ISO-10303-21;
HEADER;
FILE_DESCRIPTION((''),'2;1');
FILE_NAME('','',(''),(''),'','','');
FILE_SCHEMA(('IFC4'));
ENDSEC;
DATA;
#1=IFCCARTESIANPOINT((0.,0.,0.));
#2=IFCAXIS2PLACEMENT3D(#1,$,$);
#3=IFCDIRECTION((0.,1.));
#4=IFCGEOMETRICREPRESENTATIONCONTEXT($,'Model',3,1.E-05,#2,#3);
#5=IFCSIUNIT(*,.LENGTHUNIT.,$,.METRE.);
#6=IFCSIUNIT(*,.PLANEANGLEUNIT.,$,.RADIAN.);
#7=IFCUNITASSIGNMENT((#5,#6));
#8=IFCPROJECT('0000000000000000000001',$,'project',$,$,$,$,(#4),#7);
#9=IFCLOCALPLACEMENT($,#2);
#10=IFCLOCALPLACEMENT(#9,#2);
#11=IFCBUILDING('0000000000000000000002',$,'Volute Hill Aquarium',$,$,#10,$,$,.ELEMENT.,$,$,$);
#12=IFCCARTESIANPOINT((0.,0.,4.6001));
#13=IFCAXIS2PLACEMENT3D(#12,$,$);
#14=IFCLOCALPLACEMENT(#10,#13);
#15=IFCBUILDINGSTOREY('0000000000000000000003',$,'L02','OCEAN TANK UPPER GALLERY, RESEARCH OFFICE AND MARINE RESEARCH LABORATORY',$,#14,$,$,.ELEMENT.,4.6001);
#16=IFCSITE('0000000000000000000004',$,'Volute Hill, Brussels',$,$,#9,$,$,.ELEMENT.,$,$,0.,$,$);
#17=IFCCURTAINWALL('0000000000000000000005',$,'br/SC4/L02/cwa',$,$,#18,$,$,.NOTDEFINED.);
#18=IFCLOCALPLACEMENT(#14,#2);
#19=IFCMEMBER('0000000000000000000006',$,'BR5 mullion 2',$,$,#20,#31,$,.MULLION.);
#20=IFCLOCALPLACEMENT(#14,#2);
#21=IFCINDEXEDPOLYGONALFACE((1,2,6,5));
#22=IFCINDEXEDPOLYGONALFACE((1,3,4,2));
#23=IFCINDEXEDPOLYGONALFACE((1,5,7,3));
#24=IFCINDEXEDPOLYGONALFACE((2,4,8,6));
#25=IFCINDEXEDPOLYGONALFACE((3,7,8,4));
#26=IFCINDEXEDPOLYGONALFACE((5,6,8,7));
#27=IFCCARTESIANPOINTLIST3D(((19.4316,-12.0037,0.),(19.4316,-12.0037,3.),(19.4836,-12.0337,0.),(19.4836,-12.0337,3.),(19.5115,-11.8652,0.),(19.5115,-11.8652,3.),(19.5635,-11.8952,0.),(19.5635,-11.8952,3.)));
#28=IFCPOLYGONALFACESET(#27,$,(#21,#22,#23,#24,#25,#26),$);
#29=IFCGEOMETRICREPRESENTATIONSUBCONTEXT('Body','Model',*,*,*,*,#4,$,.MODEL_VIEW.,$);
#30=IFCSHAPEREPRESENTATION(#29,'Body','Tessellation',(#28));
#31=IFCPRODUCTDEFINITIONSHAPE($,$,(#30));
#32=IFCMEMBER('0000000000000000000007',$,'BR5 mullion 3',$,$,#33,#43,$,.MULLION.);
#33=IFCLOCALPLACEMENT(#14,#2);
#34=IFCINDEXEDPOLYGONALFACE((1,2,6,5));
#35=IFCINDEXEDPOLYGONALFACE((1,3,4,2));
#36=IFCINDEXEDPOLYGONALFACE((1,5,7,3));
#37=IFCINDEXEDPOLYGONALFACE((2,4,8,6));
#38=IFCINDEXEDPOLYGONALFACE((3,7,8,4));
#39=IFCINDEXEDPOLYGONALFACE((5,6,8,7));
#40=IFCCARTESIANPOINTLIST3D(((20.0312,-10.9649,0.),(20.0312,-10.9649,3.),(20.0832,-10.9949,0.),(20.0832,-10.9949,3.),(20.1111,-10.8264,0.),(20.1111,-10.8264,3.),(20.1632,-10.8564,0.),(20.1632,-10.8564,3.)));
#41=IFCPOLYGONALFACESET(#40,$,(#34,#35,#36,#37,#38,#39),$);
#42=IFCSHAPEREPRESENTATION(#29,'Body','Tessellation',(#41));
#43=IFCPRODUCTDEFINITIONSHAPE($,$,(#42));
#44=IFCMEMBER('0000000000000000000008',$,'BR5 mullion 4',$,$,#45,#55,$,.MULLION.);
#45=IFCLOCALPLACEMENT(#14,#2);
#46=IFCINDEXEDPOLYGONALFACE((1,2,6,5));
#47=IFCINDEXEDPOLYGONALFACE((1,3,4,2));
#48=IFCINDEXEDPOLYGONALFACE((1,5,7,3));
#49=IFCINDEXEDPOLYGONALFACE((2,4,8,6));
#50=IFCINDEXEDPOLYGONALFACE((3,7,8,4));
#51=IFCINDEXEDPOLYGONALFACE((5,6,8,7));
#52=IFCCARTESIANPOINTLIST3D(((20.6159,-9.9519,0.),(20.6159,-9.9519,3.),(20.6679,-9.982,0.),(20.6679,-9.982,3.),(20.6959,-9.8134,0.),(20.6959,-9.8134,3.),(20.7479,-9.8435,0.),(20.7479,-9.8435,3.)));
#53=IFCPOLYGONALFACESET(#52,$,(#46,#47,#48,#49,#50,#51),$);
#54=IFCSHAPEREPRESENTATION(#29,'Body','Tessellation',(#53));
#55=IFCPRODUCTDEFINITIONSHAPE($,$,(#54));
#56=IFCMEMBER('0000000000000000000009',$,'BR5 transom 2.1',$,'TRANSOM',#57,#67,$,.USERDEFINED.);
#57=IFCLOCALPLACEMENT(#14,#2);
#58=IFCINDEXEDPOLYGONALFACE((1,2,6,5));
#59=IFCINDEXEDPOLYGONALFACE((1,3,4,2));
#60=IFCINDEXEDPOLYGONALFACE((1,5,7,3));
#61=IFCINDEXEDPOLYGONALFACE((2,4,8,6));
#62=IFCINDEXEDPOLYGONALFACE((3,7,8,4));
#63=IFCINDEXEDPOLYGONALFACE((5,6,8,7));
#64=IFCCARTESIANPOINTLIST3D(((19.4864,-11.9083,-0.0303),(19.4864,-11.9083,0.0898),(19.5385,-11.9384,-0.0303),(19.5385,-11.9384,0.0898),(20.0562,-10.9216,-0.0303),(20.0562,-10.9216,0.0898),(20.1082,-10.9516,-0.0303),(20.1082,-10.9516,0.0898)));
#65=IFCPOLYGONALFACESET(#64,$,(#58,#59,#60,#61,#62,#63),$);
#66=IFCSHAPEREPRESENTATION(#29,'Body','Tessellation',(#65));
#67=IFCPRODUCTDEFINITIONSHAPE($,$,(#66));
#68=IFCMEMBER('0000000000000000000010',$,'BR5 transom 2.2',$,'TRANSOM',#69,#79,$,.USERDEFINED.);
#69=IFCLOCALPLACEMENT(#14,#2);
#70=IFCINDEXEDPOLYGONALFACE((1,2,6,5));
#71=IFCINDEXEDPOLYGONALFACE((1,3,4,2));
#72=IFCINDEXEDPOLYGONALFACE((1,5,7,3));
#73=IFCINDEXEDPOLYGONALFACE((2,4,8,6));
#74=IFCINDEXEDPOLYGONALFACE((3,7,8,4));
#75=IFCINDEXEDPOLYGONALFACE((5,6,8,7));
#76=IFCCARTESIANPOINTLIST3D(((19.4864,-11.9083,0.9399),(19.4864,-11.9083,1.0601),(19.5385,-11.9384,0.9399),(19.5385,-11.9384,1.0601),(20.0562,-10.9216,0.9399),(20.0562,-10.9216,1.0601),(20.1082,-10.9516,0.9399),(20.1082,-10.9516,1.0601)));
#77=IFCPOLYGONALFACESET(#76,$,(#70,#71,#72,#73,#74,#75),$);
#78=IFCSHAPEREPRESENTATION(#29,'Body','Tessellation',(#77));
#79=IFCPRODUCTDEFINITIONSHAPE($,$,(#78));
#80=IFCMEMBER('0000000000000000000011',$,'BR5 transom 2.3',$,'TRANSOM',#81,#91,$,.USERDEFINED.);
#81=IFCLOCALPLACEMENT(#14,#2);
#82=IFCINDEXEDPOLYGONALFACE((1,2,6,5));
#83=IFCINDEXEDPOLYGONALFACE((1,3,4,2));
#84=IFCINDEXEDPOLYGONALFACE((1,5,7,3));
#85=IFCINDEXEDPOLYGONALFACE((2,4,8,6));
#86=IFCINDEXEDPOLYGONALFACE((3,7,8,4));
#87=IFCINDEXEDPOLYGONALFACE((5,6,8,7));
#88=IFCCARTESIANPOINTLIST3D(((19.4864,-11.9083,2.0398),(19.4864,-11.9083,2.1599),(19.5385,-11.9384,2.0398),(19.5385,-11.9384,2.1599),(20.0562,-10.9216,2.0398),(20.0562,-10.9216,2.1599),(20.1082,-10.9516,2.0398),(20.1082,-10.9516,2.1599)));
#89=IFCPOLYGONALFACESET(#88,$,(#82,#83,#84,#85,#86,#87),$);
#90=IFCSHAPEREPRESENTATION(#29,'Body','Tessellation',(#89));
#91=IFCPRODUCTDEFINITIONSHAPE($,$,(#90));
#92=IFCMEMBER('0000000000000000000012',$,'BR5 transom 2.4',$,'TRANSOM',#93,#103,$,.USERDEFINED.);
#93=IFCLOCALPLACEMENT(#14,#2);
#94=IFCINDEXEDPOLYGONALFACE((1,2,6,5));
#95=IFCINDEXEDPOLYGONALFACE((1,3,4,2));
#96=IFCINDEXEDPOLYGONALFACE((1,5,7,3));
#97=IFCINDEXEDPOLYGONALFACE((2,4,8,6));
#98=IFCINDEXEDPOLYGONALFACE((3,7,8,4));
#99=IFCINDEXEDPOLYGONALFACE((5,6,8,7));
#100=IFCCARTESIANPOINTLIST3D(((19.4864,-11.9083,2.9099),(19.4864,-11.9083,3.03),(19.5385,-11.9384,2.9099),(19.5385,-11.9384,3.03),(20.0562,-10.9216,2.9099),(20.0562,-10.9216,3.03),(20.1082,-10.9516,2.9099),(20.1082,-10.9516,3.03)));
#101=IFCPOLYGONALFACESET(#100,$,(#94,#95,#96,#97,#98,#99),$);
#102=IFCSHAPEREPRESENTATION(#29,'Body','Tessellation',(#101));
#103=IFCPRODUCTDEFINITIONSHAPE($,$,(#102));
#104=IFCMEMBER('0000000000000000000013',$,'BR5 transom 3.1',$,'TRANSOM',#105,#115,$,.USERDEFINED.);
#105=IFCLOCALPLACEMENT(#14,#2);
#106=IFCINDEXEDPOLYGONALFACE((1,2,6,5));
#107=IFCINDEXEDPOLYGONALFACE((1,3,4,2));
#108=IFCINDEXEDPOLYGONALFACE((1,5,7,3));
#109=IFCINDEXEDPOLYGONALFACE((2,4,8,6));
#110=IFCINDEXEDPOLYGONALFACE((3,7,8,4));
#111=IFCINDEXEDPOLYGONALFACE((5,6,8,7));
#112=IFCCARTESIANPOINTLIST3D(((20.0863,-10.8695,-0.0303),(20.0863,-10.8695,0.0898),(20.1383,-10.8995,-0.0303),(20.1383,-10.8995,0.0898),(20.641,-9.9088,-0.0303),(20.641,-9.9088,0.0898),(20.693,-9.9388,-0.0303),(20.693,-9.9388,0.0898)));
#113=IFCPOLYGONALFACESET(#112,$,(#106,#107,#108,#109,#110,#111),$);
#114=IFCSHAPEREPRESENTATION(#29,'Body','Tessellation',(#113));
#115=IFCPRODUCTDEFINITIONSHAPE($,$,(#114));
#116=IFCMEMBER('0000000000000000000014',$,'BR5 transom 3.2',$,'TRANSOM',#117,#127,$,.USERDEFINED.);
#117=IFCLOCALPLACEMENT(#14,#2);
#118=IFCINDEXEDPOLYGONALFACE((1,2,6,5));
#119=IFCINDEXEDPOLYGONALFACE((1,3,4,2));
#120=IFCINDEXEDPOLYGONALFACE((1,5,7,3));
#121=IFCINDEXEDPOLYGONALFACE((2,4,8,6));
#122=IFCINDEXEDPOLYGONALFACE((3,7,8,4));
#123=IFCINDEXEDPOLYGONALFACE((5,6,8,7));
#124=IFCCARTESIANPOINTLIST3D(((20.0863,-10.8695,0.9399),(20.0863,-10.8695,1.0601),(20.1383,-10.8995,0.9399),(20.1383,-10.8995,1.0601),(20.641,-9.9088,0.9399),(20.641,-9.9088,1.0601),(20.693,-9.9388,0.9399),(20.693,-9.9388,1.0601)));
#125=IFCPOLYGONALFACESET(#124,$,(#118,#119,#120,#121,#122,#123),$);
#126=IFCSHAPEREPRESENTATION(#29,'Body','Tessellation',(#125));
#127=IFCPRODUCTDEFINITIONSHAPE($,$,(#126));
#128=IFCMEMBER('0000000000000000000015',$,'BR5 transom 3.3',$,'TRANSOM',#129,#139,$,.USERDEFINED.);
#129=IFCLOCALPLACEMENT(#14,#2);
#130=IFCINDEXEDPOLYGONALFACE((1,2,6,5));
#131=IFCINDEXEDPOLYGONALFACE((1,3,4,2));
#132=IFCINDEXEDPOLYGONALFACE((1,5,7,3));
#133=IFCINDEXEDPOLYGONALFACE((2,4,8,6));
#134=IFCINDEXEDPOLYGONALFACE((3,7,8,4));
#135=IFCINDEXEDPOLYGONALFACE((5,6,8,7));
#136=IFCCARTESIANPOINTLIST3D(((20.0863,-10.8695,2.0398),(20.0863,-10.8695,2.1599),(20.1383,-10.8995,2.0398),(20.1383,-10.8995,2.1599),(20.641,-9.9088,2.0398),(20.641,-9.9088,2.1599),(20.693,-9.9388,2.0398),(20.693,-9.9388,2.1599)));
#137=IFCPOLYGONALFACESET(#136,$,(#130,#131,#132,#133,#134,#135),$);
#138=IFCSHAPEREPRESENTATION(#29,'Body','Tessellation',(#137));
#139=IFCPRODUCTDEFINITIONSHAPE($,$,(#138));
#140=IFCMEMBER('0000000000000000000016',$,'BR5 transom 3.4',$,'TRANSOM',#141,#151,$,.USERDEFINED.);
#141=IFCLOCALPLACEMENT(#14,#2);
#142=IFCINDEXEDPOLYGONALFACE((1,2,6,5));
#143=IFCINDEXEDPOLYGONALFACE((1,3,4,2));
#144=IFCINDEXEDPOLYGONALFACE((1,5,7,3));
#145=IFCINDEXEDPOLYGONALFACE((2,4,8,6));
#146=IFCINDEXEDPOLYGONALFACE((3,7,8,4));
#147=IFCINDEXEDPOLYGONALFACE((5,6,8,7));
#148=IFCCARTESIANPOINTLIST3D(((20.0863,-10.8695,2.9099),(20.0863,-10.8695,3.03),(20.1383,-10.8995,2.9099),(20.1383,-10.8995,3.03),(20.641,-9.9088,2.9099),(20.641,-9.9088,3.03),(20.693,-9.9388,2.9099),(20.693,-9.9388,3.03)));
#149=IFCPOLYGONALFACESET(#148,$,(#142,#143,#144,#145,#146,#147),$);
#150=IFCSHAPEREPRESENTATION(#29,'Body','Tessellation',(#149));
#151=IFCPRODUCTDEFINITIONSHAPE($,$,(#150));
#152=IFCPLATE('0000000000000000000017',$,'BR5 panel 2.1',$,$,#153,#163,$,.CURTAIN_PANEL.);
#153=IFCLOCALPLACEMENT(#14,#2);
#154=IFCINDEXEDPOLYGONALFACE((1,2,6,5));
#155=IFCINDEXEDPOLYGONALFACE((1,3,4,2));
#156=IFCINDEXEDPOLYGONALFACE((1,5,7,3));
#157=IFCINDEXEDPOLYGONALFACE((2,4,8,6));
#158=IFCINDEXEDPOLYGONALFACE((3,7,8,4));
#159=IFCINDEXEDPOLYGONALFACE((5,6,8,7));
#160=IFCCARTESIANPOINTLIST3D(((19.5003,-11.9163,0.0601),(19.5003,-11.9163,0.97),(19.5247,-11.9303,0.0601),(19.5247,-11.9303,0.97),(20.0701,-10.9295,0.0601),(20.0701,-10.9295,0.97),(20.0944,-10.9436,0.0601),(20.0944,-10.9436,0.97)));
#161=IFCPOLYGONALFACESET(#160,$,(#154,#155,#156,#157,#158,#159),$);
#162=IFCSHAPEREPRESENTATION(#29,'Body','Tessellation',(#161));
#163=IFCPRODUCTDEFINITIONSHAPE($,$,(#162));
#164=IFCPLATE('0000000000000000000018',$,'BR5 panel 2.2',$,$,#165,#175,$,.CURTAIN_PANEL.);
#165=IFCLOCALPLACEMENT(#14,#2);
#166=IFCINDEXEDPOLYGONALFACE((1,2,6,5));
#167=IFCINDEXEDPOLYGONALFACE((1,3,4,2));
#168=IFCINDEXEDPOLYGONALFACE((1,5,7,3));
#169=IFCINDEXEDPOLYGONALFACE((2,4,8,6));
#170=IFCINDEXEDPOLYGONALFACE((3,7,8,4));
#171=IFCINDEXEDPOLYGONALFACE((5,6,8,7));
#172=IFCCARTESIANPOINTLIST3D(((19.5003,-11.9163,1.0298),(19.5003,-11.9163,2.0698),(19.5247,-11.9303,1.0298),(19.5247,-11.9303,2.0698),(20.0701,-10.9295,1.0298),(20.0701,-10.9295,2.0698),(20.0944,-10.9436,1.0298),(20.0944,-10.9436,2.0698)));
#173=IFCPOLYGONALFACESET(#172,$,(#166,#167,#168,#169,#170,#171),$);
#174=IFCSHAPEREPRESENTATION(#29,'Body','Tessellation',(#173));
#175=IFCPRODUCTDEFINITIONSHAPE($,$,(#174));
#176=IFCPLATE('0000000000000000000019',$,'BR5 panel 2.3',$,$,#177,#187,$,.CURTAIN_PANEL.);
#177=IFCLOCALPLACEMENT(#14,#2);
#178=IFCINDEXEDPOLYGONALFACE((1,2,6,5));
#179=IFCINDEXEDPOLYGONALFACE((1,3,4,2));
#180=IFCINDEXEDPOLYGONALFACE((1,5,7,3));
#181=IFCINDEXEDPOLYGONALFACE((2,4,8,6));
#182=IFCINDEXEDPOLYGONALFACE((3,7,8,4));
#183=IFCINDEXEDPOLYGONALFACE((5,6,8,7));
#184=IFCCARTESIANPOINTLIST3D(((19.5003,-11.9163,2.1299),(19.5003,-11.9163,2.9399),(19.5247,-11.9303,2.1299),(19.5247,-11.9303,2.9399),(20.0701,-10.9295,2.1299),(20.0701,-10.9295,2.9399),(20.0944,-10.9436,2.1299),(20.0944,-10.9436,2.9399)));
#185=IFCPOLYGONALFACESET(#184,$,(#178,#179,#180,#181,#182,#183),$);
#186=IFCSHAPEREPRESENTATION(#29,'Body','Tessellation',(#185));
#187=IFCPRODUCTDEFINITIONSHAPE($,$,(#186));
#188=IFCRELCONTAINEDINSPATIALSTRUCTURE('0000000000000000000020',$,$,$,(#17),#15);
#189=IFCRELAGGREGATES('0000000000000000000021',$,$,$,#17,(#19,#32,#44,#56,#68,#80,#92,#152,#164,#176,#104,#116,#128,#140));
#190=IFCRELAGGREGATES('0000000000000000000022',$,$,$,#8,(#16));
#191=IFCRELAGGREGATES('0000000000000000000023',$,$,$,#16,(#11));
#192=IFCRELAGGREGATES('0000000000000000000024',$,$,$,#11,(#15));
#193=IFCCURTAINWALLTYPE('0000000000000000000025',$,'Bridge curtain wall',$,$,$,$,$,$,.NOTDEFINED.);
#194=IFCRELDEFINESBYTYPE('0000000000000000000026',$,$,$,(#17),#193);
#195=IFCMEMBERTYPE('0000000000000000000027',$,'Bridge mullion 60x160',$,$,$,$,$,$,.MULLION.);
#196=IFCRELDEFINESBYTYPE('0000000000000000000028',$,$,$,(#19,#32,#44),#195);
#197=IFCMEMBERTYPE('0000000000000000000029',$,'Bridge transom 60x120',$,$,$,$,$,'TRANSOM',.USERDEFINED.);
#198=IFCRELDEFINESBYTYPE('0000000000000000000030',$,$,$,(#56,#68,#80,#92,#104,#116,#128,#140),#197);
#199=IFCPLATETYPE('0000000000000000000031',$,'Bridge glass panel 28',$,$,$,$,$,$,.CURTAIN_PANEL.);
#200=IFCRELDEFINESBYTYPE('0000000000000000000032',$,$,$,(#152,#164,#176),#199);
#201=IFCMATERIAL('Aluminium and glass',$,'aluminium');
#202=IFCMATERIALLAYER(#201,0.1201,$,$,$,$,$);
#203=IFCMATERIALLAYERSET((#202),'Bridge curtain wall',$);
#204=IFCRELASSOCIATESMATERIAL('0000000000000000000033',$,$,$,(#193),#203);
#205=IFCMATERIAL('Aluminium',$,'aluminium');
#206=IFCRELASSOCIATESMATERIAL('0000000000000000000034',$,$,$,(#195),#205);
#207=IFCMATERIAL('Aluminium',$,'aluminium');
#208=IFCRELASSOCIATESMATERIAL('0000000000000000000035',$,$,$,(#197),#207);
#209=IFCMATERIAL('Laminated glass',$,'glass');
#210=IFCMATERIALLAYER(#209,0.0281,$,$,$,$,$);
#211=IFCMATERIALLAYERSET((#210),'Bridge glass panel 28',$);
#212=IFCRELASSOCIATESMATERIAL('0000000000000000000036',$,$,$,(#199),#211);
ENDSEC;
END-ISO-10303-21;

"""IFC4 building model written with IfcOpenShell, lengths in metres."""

from ifc_helpers import new_model, si_unit, direction, frame, origin, origin_2d, place, context, subcontext, project, spatial, rectangle, extrude, material, layer, layer_set, material_profile, profile_set, type_object, element, aggregate, save


model = new_model("IFC4")

# Units and contexts
model_context = context("Model", 3, precision=1e-05, world=origin(), true_north=direction((0.0, 1.0)))
body_context = subcontext(model_context, "Body", "Model", "MODEL_VIEW")
ifc_project = project(units=[si_unit("LENGTHUNIT", "METRE"), si_unit("PLANEANGLEUNIT", "RADIAN")], contexts=[model_context])

# Site, building, storey
site_placement = place(None, origin())
site = spatial("IfcSite", under=ifc_project, at=site_placement, Name="Volute Hill, Brussels", CompositionType="ELEMENT", RefElevation=0.0)
building_placement = place(site_placement, origin())
building = spatial("IfcBuilding", under=site, at=building_placement, Name="Volute Hill Aquarium", CompositionType="ELEMENT")
storey_placement = place(building_placement, frame((0.0, 0.0, 4.6001)))
storey = spatial("IfcBuildingStorey", under=building, at=storey_placement, Name="L02", Description="OCEAN TANK UPPER GALLERY, RESEARCH OFFICE AND MARINE RESEARCH LABORATORY", CompositionType="ELEMENT", Elevation=4.6001)

# Curtain wall, members, plates
ifc_material_1 = material(Name="Aluminium and glass", Category="aluminium")
ifc_layer_1 = layer(ifc_material_1, 0.1201)
ifc_layer_set_1 = layer_set([ifc_layer_1], Name="Bridge curtain wall")
curtain_wall_type = type_object("IfcCurtainWallType", Name="Bridge curtain wall", PredefinedType="NOTDEFINED", material=ifc_layer_set_1)
curtain_wall_placement = place(storey_placement, origin())
curtain_wall = element("IfcCurtainWall", 1, at=curtain_wall_placement, inside=storey, type_object=curtain_wall_type, Name="br/SC4/L02/cwa", PredefinedType="NOTDEFINED")
ifc_material_2 = material(Name="Aluminium", Category="aluminium")
ifc_material_profile_1 = material_profile(ifc_material_2, rectangle(XDim=0.0601, YDim=0.1599, at=origin_2d()), Name="Aluminium mullion 60x160")
ifc_profile_set_1 = profile_set([ifc_material_profile_1], Name="Aluminium")
member_type_1 = type_object("IfcMemberType", Name="Bridge mullion 60x160", PredefinedType="MULLION", material=ifc_profile_set_1)
member_1_placement = place(storey_placement, frame((19.4976, -11.9495, 0.0), z_axis=(0.0, 0.0, 1.0), x_axis=(-0.86602, 0.50001, 0.0)))
member_1 = element("IfcMember", 2, at=member_1_placement, type_object=member_type_1, Name="BR5 mullion 2", PredefinedType="MULLION", context=body_context, shape_type="SweptSolid", body=[
    extrude(rectangle(XDim=0.0601, YDim=0.1599, at=origin_2d()), origin(), (0.0, 0.0, 1.0), 3.0),
])
member_2_placement = place(storey_placement, frame((20.0972, -10.9106, 0.0), z_axis=(0.0, 0.0, 1.0), x_axis=(-0.86602, 0.50001, 0.0)))
member_2 = element("IfcMember", 3, at=member_2_placement, type_object=member_type_1, Name="BR5 mullion 3", PredefinedType="MULLION", context=body_context, shape_type="SweptSolid", body=[
    extrude(rectangle(XDim=0.0601, YDim=0.1599, at=origin_2d()), origin(), (0.0, 0.0, 1.0), 3.0),
])
member_3_placement = place(storey_placement, frame((20.6819, -9.8977, 0.0), z_axis=(0.0, 0.0, 1.0), x_axis=(-0.86602, 0.50001, 0.0)))
member_3 = element("IfcMember", 4, at=member_3_placement, type_object=member_type_1, Name="BR5 mullion 4", PredefinedType="MULLION", context=body_context, shape_type="SweptSolid", body=[
    extrude(rectangle(XDim=0.0601, YDim=0.1599, at=origin_2d()), origin(), (0.0, 0.0, 1.0), 3.0),
])
ifc_material_3 = material(Name="Aluminium", Category="aluminium")
ifc_material_profile_2 = material_profile(ifc_material_3, rectangle(XDim=0.0601, YDim=0.1201, at=origin_2d()), Name="Aluminium transom 60x120")
ifc_profile_set_2 = profile_set([ifc_material_profile_2], Name="Aluminium")
member_type_2 = type_object("IfcMemberType", Name="Bridge transom 60x120", ElementType="TRANSOM", PredefinedType="USERDEFINED", material=ifc_profile_set_2)
member_4_placement = place(storey_placement, frame((19.5125, -11.9233, 0.0298), z_axis=(0.500056, 0.865993, 0.0), x_axis=(-0.865993, 0.500056, 0.0)))
member_4 = element("IfcMember", 5, at=member_4_placement, type_object=member_type_2, Name="BR5 transom 2.1", ObjectType="TRANSOM", PredefinedType="USERDEFINED", context=body_context, shape_type="SweptSolid", body=[
    extrude(rectangle(XDim=0.0601, YDim=0.1201, at=origin_2d()), origin(), (0.0, 0.0, 1.0), 1.1394),
])
member_5_placement = place(storey_placement, frame((19.5125, -11.9233, 1.0), z_axis=(0.500056, 0.865993, 0.0), x_axis=(-0.865993, 0.500056, 0.0)))
member_5 = element("IfcMember", 6, at=member_5_placement, type_object=member_type_2, Name="BR5 transom 2.2", ObjectType="TRANSOM", PredefinedType="USERDEFINED", context=body_context, shape_type="SweptSolid", body=[
    extrude(rectangle(XDim=0.0601, YDim=0.1201, at=origin_2d()), origin(), (0.0, 0.0, 1.0), 1.1394),
])
member_6_placement = place(storey_placement, frame((19.5125, -11.9233, 2.0999), z_axis=(0.500056, 0.865993, 0.0), x_axis=(-0.865993, 0.500056, 0.0)))
member_6 = element("IfcMember", 7, at=member_6_placement, type_object=member_type_2, Name="BR5 transom 2.3", ObjectType="TRANSOM", PredefinedType="USERDEFINED", context=body_context, shape_type="SweptSolid", body=[
    extrude(rectangle(XDim=0.0601, YDim=0.1201, at=origin_2d()), origin(), (0.0, 0.0, 1.0), 1.1394),
])
member_7_placement = place(storey_placement, frame((19.5125, -11.9233, 2.97), z_axis=(0.500056, 0.865993, 0.0), x_axis=(-0.865993, 0.500056, 0.0)))
member_7 = element("IfcMember", 8, at=member_7_placement, type_object=member_type_2, Name="BR5 transom 2.4", ObjectType="TRANSOM", PredefinedType="USERDEFINED", context=body_context, shape_type="SweptSolid", body=[
    extrude(rectangle(XDim=0.0601, YDim=0.1201, at=origin_2d()), origin(), (0.0, 0.0, 1.0), 1.1394),
])
member_8_placement = place(storey_placement, frame((20.1123, -10.8845, 0.0298), z_axis=(0.500021, 0.866013, 0.0), x_axis=(-0.866013, 0.500021, 0.0)))
member_8 = element("IfcMember", 9, at=member_8_placement, type_object=member_type_2, Name="BR5 transom 3.1", ObjectType="TRANSOM", PredefinedType="USERDEFINED", context=body_context, shape_type="SweptSolid", body=[
    extrude(rectangle(XDim=0.0601, YDim=0.1201, at=origin_2d()), origin(), (0.0, 0.0, 1.0), 1.1094),
])
member_9_placement = place(storey_placement, frame((20.1123, -10.8845, 1.0), z_axis=(0.500021, 0.866013, 0.0), x_axis=(-0.866013, 0.500021, 0.0)))
member_9 = element("IfcMember", 10, at=member_9_placement, type_object=member_type_2, Name="BR5 transom 3.2", ObjectType="TRANSOM", PredefinedType="USERDEFINED", context=body_context, shape_type="SweptSolid", body=[
    extrude(rectangle(XDim=0.0601, YDim=0.1201, at=origin_2d()), origin(), (0.0, 0.0, 1.0), 1.1094),
])
member_10_placement = place(storey_placement, frame((20.1123, -10.8845, 2.0999), z_axis=(0.500021, 0.866013, 0.0), x_axis=(-0.866013, 0.500021, 0.0)))
member_10 = element("IfcMember", 11, at=member_10_placement, type_object=member_type_2, Name="BR5 transom 3.3", ObjectType="TRANSOM", PredefinedType="USERDEFINED", context=body_context, shape_type="SweptSolid", body=[
    extrude(rectangle(XDim=0.0601, YDim=0.1201, at=origin_2d()), origin(), (0.0, 0.0, 1.0), 1.1094),
])
member_11_placement = place(storey_placement, frame((20.1123, -10.8845, 2.97), z_axis=(0.500021, 0.866013, 0.0), x_axis=(-0.866013, 0.500021, 0.0)))
member_11 = element("IfcMember", 12, at=member_11_placement, type_object=member_type_2, Name="BR5 transom 3.4", ObjectType="TRANSOM", PredefinedType="USERDEFINED", context=body_context, shape_type="SweptSolid", body=[
    extrude(rectangle(XDim=0.0601, YDim=0.1201, at=origin_2d()), origin(), (0.0, 0.0, 1.0), 1.1094),
])
ifc_material_4 = material(Name="Laminated glass", Category="glass")
ifc_layer_2 = layer(ifc_material_4, 0.0281)
ifc_layer_set_2 = layer_set([ifc_layer_2], Name="Bridge glass panel 28")
plate_type = type_object("IfcPlateType", Name="Bridge glass panel 28", PredefinedType="CURTAIN_PANEL", material=ifc_layer_set_2)
plate_1_placement = place(storey_placement, frame((19.7974, -11.4299, 0.0601), z_axis=(0.0, 0.0, 1.0), x_axis=(0.50001, 0.86602, 0.0)))
plate_1 = element("IfcPlate", 13, at=plate_1_placement, type_object=plate_type, Name="BR5 panel 2.1", PredefinedType="CURTAIN_PANEL", context=body_context, shape_type="SweptSolid", body=[
    extrude(rectangle(XDim=1.1394, YDim=0.0281, at=origin_2d()), origin(), (0.0, 0.0, 1.0), 0.9099),
])
plate_2_placement = place(storey_placement, frame((19.7974, -11.4299, 1.0298), z_axis=(0.0, 0.0, 1.0), x_axis=(0.50001, 0.86602, 0.0)))
plate_2 = element("IfcPlate", 14, at=plate_2_placement, type_object=plate_type, Name="BR5 panel 2.2", PredefinedType="CURTAIN_PANEL", context=body_context, shape_type="SweptSolid", body=[
    extrude(rectangle(XDim=1.1394, YDim=0.0281, at=origin_2d()), origin(), (0.0, 0.0, 1.0), 1.04),
])
plate_3_placement = place(storey_placement, frame((19.7974, -11.4299, 2.1299), z_axis=(0.0, 0.0, 1.0), x_axis=(0.50001, 0.86602, 0.0)))
plate_3 = element("IfcPlate", 15, at=plate_3_placement, type_object=plate_type, Name="BR5 panel 2.3", PredefinedType="CURTAIN_PANEL", context=body_context, shape_type="SweptSolid", body=[
    extrude(rectangle(XDim=1.1394, YDim=0.0281, at=origin_2d()), origin(), (0.0, 0.0, 1.0), 0.8101),
])
aggregate(curtain_wall, [member_1, member_2, member_3, member_4, member_5, member_6, member_7, plate_1, plate_2, plate_3, member_8, member_9, member_10, member_11])

save(model, "model.ifc")
